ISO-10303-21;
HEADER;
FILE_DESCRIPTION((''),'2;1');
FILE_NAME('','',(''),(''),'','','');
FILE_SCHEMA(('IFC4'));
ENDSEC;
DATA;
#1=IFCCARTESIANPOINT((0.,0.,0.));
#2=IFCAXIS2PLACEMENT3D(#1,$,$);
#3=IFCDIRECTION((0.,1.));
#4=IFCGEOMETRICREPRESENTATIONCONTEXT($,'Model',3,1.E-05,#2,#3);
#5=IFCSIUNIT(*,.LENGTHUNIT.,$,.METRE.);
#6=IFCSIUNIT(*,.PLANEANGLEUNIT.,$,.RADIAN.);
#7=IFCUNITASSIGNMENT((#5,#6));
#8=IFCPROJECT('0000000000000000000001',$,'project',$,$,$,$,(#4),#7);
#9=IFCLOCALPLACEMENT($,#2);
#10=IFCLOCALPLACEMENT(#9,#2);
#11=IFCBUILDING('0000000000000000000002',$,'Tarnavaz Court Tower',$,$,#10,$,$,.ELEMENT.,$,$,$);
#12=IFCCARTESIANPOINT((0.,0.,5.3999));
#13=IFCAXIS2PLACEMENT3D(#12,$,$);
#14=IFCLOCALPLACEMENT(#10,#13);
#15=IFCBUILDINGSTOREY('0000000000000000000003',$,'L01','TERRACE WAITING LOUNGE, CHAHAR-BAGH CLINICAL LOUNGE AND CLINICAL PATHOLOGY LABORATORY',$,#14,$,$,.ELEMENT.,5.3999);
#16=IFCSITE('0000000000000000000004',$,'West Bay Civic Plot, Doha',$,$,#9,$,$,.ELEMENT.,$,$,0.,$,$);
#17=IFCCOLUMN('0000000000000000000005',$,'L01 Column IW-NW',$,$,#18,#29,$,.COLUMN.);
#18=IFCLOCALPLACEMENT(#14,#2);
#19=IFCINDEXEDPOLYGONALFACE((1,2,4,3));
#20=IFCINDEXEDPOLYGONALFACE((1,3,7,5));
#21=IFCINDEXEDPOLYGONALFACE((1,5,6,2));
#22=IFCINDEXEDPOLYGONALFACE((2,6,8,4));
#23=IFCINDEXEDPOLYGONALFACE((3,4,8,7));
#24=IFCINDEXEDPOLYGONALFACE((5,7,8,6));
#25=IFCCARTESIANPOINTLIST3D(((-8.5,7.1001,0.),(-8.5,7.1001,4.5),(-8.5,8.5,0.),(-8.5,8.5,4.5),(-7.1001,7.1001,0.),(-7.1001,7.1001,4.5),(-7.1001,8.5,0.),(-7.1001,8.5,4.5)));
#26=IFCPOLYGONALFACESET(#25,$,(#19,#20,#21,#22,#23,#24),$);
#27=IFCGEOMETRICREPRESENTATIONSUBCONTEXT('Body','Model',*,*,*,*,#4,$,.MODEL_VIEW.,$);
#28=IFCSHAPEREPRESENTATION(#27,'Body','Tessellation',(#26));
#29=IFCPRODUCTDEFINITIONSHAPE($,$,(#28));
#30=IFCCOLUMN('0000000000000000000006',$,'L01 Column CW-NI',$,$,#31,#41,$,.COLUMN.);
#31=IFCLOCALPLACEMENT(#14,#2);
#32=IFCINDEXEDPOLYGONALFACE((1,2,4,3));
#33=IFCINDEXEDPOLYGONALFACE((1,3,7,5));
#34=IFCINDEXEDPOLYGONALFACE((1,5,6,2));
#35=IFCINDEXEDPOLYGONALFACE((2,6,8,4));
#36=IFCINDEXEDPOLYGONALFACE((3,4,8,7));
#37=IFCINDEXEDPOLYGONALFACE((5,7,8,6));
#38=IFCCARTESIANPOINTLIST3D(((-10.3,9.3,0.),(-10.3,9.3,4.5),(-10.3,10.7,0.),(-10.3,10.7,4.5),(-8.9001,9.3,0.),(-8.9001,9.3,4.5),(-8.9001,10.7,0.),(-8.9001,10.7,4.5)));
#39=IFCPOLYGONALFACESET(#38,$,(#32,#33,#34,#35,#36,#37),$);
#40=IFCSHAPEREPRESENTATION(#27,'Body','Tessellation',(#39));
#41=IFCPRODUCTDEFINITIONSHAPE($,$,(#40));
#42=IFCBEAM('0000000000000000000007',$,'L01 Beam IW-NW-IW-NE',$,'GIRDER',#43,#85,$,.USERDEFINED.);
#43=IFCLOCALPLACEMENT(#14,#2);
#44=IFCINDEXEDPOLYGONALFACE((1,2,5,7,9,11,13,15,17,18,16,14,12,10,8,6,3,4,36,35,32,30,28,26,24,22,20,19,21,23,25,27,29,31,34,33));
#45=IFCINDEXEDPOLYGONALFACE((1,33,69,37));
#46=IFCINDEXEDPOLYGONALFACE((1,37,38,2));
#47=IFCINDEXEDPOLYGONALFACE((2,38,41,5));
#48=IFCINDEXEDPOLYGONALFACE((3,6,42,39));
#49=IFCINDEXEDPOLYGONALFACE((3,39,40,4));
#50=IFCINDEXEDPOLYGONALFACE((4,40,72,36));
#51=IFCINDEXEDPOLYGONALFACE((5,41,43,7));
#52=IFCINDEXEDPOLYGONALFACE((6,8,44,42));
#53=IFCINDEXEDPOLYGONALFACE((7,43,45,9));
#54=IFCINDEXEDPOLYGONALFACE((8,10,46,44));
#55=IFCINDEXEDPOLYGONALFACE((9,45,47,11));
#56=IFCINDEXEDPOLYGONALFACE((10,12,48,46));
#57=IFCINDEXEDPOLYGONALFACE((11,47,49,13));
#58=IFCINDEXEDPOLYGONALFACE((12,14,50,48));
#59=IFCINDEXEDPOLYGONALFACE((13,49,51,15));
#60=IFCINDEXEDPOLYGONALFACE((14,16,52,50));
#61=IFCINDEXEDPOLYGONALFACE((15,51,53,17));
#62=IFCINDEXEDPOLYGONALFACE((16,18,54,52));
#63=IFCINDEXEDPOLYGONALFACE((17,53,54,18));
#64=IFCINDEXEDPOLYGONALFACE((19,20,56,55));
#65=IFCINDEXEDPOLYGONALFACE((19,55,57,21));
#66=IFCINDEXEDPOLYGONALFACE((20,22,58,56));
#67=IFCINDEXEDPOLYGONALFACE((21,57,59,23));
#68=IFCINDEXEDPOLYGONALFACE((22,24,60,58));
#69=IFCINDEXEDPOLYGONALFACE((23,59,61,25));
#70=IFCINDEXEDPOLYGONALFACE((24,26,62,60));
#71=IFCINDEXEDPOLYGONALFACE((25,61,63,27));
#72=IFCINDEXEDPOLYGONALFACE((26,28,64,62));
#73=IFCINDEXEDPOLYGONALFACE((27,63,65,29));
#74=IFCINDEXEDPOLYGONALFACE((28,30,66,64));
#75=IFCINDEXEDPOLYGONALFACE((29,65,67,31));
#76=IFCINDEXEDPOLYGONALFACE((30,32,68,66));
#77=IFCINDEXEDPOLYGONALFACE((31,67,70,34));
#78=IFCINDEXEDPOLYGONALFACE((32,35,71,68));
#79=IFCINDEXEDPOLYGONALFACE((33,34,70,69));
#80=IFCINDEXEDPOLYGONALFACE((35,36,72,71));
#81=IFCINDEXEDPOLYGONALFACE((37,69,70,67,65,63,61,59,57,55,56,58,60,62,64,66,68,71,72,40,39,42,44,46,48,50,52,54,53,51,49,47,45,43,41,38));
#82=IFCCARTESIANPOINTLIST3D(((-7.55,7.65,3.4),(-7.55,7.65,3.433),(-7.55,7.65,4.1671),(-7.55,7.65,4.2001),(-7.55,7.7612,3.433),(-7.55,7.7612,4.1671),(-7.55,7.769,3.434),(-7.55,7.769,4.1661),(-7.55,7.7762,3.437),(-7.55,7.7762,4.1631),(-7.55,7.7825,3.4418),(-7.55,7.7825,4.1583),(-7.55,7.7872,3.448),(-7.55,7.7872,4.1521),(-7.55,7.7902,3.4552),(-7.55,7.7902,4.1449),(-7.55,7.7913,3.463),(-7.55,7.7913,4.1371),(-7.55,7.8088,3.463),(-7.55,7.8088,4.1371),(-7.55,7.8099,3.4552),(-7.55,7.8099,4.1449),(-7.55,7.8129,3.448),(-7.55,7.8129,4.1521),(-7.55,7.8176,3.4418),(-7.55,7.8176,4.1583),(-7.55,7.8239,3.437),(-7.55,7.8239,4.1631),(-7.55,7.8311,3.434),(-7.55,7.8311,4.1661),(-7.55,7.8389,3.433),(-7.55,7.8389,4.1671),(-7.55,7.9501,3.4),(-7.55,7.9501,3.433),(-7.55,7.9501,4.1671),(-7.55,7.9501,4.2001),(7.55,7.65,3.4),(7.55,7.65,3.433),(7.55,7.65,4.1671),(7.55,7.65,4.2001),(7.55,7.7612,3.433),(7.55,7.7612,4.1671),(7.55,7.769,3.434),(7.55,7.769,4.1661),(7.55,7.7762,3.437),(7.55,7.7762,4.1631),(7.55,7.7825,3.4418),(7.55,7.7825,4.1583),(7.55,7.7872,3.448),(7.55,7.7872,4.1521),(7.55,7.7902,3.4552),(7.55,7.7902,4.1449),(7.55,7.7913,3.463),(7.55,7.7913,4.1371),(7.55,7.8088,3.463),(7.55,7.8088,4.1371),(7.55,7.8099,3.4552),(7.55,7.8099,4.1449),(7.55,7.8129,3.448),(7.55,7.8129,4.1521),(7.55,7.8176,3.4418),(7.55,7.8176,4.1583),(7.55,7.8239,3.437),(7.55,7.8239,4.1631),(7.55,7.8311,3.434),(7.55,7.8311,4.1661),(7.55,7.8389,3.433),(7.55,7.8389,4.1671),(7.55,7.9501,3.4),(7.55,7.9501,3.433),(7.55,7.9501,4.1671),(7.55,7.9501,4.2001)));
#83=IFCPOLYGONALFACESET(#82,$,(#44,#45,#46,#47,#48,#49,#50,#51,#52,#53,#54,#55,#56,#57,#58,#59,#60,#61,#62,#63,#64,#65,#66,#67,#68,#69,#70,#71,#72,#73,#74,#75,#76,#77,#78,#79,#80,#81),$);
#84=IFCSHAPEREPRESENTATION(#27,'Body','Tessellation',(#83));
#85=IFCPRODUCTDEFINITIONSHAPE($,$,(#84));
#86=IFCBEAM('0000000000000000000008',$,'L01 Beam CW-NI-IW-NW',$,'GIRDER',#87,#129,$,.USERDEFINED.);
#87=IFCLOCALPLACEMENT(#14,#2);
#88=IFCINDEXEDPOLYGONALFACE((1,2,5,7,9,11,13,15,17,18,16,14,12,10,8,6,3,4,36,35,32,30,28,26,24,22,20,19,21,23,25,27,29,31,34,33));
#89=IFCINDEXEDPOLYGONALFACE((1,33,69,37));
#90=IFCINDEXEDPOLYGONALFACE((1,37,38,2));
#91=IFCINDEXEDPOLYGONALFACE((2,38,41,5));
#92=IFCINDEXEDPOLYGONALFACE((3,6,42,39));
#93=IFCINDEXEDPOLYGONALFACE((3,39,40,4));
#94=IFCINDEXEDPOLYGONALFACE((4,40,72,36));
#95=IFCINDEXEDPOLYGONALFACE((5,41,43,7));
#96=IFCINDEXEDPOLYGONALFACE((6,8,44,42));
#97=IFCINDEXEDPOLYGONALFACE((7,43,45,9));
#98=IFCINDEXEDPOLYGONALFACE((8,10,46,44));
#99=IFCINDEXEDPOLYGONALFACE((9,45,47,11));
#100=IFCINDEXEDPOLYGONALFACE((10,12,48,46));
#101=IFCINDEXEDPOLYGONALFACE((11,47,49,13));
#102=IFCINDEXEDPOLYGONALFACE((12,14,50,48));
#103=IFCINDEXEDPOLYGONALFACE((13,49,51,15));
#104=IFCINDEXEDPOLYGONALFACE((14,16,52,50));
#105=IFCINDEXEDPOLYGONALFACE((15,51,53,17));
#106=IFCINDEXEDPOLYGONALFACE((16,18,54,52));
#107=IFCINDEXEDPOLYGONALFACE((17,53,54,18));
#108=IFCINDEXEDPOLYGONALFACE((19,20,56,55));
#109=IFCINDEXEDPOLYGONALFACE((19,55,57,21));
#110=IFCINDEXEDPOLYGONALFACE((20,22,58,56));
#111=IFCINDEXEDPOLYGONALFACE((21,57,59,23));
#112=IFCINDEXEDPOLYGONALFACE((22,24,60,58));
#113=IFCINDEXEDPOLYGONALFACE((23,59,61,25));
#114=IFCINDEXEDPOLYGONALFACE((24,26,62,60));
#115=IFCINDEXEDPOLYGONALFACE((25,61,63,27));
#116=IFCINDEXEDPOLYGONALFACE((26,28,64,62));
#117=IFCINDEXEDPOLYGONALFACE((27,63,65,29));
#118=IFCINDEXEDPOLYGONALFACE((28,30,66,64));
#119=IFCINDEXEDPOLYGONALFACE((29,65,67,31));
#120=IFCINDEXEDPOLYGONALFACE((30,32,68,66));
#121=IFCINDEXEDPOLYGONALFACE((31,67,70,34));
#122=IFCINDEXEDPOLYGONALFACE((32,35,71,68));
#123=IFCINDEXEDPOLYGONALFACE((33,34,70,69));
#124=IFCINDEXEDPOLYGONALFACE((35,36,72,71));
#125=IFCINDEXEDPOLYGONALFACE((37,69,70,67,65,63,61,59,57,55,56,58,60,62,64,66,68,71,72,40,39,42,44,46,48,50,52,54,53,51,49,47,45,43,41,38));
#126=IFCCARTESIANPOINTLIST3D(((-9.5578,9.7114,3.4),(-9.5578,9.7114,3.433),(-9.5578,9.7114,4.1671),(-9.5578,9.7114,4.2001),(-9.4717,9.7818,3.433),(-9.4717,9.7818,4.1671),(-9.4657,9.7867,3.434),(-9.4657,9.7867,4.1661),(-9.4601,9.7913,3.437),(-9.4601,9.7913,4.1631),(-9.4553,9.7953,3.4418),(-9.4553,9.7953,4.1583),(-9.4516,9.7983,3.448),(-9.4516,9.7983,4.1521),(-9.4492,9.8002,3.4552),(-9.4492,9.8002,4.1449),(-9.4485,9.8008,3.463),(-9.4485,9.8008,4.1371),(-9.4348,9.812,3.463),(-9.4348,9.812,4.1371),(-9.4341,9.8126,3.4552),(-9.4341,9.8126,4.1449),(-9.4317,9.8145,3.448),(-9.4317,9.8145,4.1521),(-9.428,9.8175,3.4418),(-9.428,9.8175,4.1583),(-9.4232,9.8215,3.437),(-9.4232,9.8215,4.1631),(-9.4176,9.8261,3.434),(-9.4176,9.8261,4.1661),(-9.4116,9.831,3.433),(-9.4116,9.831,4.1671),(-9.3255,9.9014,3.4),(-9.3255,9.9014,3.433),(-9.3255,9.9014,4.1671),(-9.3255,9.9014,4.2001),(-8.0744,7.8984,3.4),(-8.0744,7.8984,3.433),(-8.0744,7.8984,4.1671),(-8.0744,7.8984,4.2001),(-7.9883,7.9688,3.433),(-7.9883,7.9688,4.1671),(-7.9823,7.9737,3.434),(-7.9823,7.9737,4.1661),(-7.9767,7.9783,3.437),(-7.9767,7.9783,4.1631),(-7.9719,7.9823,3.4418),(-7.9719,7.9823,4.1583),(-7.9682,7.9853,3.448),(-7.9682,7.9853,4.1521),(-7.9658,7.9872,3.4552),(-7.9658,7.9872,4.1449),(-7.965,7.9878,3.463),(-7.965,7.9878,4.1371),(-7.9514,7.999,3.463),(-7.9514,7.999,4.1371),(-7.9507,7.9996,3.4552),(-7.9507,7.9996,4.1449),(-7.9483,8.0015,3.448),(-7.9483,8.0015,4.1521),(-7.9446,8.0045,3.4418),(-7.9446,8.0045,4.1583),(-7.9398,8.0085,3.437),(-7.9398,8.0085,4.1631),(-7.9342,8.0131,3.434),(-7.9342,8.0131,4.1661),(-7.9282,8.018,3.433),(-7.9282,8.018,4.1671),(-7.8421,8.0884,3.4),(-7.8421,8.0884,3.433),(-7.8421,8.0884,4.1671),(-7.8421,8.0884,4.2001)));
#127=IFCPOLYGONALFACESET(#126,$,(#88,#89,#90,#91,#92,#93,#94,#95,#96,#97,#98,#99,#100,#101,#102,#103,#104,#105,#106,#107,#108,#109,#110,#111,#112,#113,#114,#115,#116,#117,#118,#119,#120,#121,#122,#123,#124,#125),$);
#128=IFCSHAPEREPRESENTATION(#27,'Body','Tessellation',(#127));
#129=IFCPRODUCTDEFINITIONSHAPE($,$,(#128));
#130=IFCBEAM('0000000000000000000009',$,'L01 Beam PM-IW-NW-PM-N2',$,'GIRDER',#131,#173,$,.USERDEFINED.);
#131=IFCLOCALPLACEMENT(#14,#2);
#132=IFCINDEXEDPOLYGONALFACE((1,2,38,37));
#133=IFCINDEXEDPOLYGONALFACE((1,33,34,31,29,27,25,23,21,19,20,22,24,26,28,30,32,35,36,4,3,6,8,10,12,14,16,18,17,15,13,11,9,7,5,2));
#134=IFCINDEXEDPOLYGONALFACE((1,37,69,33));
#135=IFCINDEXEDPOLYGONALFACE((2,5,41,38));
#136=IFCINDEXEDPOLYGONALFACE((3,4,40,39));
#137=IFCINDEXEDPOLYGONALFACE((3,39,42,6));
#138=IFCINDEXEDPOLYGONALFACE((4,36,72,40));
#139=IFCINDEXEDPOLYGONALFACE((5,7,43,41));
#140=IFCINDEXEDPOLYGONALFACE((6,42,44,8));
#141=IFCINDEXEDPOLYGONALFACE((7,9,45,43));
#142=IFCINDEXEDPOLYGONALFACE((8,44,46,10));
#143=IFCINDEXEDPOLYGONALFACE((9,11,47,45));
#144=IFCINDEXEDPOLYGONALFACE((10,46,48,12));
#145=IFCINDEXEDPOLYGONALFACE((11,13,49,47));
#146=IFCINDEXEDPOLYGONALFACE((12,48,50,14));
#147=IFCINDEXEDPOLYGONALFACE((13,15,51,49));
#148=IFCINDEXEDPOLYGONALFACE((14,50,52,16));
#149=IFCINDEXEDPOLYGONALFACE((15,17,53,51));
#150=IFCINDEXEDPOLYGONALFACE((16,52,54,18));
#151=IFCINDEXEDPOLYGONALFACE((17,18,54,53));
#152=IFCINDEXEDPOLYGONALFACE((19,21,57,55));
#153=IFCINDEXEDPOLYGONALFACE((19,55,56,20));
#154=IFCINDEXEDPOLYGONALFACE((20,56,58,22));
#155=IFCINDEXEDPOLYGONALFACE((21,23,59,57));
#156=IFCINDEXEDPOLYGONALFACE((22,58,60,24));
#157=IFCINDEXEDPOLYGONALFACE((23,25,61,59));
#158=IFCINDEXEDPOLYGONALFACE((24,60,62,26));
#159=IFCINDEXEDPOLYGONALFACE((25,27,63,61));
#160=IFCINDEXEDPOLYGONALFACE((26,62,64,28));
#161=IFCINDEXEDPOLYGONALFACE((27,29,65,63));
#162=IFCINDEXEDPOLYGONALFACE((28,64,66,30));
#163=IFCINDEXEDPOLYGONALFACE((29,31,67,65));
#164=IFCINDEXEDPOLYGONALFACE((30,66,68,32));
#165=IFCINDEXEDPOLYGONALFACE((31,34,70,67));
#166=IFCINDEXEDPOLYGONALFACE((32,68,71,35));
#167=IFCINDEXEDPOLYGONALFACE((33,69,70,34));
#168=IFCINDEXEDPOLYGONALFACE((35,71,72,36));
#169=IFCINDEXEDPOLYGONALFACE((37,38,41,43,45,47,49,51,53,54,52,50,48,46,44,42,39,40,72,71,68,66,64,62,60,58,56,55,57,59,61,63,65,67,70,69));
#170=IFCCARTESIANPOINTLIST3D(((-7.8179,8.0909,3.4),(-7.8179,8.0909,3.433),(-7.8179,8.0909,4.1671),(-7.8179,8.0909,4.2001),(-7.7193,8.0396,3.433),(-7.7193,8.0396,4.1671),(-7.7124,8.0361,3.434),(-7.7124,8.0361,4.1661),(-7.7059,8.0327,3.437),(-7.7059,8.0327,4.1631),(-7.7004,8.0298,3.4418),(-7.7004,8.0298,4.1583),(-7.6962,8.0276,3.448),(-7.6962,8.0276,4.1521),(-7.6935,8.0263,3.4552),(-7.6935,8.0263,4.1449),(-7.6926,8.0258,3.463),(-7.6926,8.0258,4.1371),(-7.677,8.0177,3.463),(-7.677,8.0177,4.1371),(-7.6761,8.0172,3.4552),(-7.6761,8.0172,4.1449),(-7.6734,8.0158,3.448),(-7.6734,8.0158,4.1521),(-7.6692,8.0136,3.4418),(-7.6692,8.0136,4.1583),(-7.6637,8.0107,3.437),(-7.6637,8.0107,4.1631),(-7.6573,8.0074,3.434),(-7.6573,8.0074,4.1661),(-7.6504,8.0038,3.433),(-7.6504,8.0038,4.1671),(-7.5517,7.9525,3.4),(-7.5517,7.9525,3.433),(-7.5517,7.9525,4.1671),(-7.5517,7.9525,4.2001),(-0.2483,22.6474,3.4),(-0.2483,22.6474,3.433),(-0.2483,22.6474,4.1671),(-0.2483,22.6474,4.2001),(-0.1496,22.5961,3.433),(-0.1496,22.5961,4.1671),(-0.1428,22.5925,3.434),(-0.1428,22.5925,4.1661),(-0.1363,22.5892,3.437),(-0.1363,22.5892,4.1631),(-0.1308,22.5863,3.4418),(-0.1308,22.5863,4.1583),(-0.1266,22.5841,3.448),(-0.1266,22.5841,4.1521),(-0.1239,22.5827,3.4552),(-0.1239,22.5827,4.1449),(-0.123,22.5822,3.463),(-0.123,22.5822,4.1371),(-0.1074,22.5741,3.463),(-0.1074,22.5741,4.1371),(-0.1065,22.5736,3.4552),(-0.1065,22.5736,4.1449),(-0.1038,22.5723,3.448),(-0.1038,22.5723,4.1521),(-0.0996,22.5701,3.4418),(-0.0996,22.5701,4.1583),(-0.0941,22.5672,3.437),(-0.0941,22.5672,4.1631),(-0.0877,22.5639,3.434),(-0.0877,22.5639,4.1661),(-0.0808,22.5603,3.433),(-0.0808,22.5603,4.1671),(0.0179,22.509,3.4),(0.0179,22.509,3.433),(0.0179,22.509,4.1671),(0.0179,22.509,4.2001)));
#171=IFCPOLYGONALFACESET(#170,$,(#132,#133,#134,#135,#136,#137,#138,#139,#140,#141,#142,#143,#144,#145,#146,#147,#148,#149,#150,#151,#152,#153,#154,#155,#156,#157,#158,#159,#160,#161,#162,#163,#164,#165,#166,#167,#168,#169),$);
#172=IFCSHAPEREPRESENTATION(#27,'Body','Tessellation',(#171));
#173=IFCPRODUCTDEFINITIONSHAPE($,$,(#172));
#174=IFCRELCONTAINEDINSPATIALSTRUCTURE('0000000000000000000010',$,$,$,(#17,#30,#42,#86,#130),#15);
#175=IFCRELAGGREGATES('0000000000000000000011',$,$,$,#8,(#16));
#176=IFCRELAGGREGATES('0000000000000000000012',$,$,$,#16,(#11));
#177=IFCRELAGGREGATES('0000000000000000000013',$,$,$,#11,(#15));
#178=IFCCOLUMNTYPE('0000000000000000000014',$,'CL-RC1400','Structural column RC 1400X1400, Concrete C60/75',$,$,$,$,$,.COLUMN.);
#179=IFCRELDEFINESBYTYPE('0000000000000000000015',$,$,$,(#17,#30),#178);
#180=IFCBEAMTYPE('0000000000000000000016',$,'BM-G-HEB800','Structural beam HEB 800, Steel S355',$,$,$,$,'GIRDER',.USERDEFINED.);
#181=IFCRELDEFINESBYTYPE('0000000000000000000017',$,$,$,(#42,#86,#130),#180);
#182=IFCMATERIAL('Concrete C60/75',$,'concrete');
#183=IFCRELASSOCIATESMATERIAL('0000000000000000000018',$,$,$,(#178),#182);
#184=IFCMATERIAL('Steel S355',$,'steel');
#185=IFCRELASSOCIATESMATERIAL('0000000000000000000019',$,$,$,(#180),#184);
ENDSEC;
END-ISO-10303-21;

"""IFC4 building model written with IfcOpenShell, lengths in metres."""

from ifc_helpers import new_model, si_unit, direction, frame, origin, origin_2d, place, context, subcontext, project, spatial, rectangle, i_section, extrude, material, material_profile, profile_set, type_object, element, save


model = new_model("IFC4")

# Units and contexts
model_context = context("Model", 3, precision=1e-05, world=origin(), true_north=direction((0.0, 1.0)))
body_context = subcontext(model_context, "Body", "Model", "MODEL_VIEW")
ifc_project = project(units=[si_unit("LENGTHUNIT", "METRE"), si_unit("PLANEANGLEUNIT", "RADIAN")], contexts=[model_context])

# Site, building, storey
site_placement = place(None, origin())
site = spatial("IfcSite", under=ifc_project, at=site_placement, Name="West Bay Civic Plot, Doha", CompositionType="ELEMENT", RefElevation=0.0)
building_placement = place(site_placement, origin())
building = spatial("IfcBuilding", under=site, at=building_placement, Name="Tarnavaz Court Tower", CompositionType="ELEMENT")
storey_placement = place(building_placement, frame((0.0, 0.0, 5.3999)))
storey = spatial("IfcBuildingStorey", under=building, at=storey_placement, Name="L01", Description="TERRACE WAITING LOUNGE, CHAHAR-BAGH CLINICAL LOUNGE AND CLINICAL PATHOLOGY LABORATORY", CompositionType="ELEMENT", Elevation=5.3999)

# Columns
ifc_material_1 = material(Name="Concrete C60/75", Category="concrete")
ifc_material_profile_1 = material_profile(ifc_material_1, rectangle(XDim=1.3999, YDim=1.3999, at=origin_2d()), Name="RC 1400X1400")
ifc_profile_set_1 = profile_set([ifc_material_profile_1], Name="Concrete C60/75")
column_type = type_object("IfcColumnType", Name="CL-RC1400", Description="Structural column RC 1400X1400, Concrete C60/75", PredefinedType="COLUMN", material=ifc_profile_set_1)
for number, where, z_axis, x_axis, name in (
    (1, (-7.8, 7.8, 0.0), (0.0, 0.0, 1.0), (1.0, 0.0, 0.0), "L01 Column IW-NW"),
    (2, (-9.6001, 10.0, 0.0), (0.0, 0.0, 1.0), (1.0, 0.0, 0.0), "L01 Column CW-NI"),
):
    element("IfcColumn", number, at=place(storey_placement, frame(where, z_axis=z_axis, x_axis=x_axis)), inside=storey, type_object=column_type, Name=name, PredefinedType="COLUMN", context=body_context, shape_type="SweptSolid", body=[
        extrude(rectangle(XDim=1.3999, YDim=1.3999, at=origin_2d()), origin(), (0.0, 0.0, 1.0), 4.5),
    ])

# Beams
ifc_material_2 = material(Name="Steel S355", Category="steel")
ifc_material_profile_2 = material_profile(ifc_material_2, i_section(OverallWidth=0.3, OverallDepth=0.8, WebThickness=0.0176, FlangeThickness=0.033, FilletRadius=0.03, at=origin_2d()), Name="HEB 800")
ifc_profile_set_2 = profile_set([ifc_material_profile_2], Name="Steel S355")
beam_type = type_object("IfcBeamType", Name="BM-G-HEB800", Description="Structural beam HEB 800, Steel S355", ElementType="GIRDER", PredefinedType="USERDEFINED", material=ifc_profile_set_2)
beam_1_placement = place(storey_placement, frame((-7.55, 7.8, 3.8), z_axis=(1.0, 0.0, 0.0), x_axis=(0.0, 1.0, 0.0)))
element("IfcBeam", 3, at=beam_1_placement, inside=storey, type_object=beam_type, Name="L01 Beam IW-NW-IW-NE", ObjectType="GIRDER", PredefinedType="USERDEFINED", context=body_context, shape_type="SweptSolid", body=[
    extrude(i_section(OverallWidth=0.3, OverallDepth=0.8, WebThickness=0.0176, FlangeThickness=0.033, FilletRadius=0.03, at=origin_2d()), origin(), (0.0, 0.0, 1.0), 15.1001),
])
beam_2_placement = place(storey_placement, frame((-9.4417, 9.8064, 3.8), z_axis=(0.633249, -0.773948, 0.0), x_axis=(0.773948, 0.633249, 0.0)))
element("IfcBeam", 4, at=beam_2_placement, inside=storey, type_object=beam_type, Name="L01 Beam CW-NI-IW-NW", ObjectType="GIRDER", PredefinedType="USERDEFINED", context=body_context, shape_type="SweptSolid", body=[
    extrude(i_section(OverallWidth=0.3, OverallDepth=0.8, WebThickness=0.0176, FlangeThickness=0.033, FilletRadius=0.03, at=origin_2d()), origin(), (0.0, 0.0, 1.0), 2.3425),
])
beam_3_placement = place(storey_placement, frame((-7.6848, 8.0217, 3.8), z_axis=(0.461365, 0.88721, 0.0), x_axis=(-0.88721, 0.461365, 0.0)))
element("IfcBeam", 5, at=beam_3_placement, inside=storey, type_object=beam_type, Name="L01 Beam PM-IW-NW-PM-N2", ObjectType="GIRDER", PredefinedType="USERDEFINED", context=body_context, shape_type="SweptSolid", body=[
    extrude(i_section(OverallWidth=0.3, OverallDepth=0.8, WebThickness=0.0176, FlangeThickness=0.033, FilletRadius=0.03, at=origin_2d()), origin(), (0.0, 0.0, 1.0), 16.407),
])

save(model, "model.ifc")
